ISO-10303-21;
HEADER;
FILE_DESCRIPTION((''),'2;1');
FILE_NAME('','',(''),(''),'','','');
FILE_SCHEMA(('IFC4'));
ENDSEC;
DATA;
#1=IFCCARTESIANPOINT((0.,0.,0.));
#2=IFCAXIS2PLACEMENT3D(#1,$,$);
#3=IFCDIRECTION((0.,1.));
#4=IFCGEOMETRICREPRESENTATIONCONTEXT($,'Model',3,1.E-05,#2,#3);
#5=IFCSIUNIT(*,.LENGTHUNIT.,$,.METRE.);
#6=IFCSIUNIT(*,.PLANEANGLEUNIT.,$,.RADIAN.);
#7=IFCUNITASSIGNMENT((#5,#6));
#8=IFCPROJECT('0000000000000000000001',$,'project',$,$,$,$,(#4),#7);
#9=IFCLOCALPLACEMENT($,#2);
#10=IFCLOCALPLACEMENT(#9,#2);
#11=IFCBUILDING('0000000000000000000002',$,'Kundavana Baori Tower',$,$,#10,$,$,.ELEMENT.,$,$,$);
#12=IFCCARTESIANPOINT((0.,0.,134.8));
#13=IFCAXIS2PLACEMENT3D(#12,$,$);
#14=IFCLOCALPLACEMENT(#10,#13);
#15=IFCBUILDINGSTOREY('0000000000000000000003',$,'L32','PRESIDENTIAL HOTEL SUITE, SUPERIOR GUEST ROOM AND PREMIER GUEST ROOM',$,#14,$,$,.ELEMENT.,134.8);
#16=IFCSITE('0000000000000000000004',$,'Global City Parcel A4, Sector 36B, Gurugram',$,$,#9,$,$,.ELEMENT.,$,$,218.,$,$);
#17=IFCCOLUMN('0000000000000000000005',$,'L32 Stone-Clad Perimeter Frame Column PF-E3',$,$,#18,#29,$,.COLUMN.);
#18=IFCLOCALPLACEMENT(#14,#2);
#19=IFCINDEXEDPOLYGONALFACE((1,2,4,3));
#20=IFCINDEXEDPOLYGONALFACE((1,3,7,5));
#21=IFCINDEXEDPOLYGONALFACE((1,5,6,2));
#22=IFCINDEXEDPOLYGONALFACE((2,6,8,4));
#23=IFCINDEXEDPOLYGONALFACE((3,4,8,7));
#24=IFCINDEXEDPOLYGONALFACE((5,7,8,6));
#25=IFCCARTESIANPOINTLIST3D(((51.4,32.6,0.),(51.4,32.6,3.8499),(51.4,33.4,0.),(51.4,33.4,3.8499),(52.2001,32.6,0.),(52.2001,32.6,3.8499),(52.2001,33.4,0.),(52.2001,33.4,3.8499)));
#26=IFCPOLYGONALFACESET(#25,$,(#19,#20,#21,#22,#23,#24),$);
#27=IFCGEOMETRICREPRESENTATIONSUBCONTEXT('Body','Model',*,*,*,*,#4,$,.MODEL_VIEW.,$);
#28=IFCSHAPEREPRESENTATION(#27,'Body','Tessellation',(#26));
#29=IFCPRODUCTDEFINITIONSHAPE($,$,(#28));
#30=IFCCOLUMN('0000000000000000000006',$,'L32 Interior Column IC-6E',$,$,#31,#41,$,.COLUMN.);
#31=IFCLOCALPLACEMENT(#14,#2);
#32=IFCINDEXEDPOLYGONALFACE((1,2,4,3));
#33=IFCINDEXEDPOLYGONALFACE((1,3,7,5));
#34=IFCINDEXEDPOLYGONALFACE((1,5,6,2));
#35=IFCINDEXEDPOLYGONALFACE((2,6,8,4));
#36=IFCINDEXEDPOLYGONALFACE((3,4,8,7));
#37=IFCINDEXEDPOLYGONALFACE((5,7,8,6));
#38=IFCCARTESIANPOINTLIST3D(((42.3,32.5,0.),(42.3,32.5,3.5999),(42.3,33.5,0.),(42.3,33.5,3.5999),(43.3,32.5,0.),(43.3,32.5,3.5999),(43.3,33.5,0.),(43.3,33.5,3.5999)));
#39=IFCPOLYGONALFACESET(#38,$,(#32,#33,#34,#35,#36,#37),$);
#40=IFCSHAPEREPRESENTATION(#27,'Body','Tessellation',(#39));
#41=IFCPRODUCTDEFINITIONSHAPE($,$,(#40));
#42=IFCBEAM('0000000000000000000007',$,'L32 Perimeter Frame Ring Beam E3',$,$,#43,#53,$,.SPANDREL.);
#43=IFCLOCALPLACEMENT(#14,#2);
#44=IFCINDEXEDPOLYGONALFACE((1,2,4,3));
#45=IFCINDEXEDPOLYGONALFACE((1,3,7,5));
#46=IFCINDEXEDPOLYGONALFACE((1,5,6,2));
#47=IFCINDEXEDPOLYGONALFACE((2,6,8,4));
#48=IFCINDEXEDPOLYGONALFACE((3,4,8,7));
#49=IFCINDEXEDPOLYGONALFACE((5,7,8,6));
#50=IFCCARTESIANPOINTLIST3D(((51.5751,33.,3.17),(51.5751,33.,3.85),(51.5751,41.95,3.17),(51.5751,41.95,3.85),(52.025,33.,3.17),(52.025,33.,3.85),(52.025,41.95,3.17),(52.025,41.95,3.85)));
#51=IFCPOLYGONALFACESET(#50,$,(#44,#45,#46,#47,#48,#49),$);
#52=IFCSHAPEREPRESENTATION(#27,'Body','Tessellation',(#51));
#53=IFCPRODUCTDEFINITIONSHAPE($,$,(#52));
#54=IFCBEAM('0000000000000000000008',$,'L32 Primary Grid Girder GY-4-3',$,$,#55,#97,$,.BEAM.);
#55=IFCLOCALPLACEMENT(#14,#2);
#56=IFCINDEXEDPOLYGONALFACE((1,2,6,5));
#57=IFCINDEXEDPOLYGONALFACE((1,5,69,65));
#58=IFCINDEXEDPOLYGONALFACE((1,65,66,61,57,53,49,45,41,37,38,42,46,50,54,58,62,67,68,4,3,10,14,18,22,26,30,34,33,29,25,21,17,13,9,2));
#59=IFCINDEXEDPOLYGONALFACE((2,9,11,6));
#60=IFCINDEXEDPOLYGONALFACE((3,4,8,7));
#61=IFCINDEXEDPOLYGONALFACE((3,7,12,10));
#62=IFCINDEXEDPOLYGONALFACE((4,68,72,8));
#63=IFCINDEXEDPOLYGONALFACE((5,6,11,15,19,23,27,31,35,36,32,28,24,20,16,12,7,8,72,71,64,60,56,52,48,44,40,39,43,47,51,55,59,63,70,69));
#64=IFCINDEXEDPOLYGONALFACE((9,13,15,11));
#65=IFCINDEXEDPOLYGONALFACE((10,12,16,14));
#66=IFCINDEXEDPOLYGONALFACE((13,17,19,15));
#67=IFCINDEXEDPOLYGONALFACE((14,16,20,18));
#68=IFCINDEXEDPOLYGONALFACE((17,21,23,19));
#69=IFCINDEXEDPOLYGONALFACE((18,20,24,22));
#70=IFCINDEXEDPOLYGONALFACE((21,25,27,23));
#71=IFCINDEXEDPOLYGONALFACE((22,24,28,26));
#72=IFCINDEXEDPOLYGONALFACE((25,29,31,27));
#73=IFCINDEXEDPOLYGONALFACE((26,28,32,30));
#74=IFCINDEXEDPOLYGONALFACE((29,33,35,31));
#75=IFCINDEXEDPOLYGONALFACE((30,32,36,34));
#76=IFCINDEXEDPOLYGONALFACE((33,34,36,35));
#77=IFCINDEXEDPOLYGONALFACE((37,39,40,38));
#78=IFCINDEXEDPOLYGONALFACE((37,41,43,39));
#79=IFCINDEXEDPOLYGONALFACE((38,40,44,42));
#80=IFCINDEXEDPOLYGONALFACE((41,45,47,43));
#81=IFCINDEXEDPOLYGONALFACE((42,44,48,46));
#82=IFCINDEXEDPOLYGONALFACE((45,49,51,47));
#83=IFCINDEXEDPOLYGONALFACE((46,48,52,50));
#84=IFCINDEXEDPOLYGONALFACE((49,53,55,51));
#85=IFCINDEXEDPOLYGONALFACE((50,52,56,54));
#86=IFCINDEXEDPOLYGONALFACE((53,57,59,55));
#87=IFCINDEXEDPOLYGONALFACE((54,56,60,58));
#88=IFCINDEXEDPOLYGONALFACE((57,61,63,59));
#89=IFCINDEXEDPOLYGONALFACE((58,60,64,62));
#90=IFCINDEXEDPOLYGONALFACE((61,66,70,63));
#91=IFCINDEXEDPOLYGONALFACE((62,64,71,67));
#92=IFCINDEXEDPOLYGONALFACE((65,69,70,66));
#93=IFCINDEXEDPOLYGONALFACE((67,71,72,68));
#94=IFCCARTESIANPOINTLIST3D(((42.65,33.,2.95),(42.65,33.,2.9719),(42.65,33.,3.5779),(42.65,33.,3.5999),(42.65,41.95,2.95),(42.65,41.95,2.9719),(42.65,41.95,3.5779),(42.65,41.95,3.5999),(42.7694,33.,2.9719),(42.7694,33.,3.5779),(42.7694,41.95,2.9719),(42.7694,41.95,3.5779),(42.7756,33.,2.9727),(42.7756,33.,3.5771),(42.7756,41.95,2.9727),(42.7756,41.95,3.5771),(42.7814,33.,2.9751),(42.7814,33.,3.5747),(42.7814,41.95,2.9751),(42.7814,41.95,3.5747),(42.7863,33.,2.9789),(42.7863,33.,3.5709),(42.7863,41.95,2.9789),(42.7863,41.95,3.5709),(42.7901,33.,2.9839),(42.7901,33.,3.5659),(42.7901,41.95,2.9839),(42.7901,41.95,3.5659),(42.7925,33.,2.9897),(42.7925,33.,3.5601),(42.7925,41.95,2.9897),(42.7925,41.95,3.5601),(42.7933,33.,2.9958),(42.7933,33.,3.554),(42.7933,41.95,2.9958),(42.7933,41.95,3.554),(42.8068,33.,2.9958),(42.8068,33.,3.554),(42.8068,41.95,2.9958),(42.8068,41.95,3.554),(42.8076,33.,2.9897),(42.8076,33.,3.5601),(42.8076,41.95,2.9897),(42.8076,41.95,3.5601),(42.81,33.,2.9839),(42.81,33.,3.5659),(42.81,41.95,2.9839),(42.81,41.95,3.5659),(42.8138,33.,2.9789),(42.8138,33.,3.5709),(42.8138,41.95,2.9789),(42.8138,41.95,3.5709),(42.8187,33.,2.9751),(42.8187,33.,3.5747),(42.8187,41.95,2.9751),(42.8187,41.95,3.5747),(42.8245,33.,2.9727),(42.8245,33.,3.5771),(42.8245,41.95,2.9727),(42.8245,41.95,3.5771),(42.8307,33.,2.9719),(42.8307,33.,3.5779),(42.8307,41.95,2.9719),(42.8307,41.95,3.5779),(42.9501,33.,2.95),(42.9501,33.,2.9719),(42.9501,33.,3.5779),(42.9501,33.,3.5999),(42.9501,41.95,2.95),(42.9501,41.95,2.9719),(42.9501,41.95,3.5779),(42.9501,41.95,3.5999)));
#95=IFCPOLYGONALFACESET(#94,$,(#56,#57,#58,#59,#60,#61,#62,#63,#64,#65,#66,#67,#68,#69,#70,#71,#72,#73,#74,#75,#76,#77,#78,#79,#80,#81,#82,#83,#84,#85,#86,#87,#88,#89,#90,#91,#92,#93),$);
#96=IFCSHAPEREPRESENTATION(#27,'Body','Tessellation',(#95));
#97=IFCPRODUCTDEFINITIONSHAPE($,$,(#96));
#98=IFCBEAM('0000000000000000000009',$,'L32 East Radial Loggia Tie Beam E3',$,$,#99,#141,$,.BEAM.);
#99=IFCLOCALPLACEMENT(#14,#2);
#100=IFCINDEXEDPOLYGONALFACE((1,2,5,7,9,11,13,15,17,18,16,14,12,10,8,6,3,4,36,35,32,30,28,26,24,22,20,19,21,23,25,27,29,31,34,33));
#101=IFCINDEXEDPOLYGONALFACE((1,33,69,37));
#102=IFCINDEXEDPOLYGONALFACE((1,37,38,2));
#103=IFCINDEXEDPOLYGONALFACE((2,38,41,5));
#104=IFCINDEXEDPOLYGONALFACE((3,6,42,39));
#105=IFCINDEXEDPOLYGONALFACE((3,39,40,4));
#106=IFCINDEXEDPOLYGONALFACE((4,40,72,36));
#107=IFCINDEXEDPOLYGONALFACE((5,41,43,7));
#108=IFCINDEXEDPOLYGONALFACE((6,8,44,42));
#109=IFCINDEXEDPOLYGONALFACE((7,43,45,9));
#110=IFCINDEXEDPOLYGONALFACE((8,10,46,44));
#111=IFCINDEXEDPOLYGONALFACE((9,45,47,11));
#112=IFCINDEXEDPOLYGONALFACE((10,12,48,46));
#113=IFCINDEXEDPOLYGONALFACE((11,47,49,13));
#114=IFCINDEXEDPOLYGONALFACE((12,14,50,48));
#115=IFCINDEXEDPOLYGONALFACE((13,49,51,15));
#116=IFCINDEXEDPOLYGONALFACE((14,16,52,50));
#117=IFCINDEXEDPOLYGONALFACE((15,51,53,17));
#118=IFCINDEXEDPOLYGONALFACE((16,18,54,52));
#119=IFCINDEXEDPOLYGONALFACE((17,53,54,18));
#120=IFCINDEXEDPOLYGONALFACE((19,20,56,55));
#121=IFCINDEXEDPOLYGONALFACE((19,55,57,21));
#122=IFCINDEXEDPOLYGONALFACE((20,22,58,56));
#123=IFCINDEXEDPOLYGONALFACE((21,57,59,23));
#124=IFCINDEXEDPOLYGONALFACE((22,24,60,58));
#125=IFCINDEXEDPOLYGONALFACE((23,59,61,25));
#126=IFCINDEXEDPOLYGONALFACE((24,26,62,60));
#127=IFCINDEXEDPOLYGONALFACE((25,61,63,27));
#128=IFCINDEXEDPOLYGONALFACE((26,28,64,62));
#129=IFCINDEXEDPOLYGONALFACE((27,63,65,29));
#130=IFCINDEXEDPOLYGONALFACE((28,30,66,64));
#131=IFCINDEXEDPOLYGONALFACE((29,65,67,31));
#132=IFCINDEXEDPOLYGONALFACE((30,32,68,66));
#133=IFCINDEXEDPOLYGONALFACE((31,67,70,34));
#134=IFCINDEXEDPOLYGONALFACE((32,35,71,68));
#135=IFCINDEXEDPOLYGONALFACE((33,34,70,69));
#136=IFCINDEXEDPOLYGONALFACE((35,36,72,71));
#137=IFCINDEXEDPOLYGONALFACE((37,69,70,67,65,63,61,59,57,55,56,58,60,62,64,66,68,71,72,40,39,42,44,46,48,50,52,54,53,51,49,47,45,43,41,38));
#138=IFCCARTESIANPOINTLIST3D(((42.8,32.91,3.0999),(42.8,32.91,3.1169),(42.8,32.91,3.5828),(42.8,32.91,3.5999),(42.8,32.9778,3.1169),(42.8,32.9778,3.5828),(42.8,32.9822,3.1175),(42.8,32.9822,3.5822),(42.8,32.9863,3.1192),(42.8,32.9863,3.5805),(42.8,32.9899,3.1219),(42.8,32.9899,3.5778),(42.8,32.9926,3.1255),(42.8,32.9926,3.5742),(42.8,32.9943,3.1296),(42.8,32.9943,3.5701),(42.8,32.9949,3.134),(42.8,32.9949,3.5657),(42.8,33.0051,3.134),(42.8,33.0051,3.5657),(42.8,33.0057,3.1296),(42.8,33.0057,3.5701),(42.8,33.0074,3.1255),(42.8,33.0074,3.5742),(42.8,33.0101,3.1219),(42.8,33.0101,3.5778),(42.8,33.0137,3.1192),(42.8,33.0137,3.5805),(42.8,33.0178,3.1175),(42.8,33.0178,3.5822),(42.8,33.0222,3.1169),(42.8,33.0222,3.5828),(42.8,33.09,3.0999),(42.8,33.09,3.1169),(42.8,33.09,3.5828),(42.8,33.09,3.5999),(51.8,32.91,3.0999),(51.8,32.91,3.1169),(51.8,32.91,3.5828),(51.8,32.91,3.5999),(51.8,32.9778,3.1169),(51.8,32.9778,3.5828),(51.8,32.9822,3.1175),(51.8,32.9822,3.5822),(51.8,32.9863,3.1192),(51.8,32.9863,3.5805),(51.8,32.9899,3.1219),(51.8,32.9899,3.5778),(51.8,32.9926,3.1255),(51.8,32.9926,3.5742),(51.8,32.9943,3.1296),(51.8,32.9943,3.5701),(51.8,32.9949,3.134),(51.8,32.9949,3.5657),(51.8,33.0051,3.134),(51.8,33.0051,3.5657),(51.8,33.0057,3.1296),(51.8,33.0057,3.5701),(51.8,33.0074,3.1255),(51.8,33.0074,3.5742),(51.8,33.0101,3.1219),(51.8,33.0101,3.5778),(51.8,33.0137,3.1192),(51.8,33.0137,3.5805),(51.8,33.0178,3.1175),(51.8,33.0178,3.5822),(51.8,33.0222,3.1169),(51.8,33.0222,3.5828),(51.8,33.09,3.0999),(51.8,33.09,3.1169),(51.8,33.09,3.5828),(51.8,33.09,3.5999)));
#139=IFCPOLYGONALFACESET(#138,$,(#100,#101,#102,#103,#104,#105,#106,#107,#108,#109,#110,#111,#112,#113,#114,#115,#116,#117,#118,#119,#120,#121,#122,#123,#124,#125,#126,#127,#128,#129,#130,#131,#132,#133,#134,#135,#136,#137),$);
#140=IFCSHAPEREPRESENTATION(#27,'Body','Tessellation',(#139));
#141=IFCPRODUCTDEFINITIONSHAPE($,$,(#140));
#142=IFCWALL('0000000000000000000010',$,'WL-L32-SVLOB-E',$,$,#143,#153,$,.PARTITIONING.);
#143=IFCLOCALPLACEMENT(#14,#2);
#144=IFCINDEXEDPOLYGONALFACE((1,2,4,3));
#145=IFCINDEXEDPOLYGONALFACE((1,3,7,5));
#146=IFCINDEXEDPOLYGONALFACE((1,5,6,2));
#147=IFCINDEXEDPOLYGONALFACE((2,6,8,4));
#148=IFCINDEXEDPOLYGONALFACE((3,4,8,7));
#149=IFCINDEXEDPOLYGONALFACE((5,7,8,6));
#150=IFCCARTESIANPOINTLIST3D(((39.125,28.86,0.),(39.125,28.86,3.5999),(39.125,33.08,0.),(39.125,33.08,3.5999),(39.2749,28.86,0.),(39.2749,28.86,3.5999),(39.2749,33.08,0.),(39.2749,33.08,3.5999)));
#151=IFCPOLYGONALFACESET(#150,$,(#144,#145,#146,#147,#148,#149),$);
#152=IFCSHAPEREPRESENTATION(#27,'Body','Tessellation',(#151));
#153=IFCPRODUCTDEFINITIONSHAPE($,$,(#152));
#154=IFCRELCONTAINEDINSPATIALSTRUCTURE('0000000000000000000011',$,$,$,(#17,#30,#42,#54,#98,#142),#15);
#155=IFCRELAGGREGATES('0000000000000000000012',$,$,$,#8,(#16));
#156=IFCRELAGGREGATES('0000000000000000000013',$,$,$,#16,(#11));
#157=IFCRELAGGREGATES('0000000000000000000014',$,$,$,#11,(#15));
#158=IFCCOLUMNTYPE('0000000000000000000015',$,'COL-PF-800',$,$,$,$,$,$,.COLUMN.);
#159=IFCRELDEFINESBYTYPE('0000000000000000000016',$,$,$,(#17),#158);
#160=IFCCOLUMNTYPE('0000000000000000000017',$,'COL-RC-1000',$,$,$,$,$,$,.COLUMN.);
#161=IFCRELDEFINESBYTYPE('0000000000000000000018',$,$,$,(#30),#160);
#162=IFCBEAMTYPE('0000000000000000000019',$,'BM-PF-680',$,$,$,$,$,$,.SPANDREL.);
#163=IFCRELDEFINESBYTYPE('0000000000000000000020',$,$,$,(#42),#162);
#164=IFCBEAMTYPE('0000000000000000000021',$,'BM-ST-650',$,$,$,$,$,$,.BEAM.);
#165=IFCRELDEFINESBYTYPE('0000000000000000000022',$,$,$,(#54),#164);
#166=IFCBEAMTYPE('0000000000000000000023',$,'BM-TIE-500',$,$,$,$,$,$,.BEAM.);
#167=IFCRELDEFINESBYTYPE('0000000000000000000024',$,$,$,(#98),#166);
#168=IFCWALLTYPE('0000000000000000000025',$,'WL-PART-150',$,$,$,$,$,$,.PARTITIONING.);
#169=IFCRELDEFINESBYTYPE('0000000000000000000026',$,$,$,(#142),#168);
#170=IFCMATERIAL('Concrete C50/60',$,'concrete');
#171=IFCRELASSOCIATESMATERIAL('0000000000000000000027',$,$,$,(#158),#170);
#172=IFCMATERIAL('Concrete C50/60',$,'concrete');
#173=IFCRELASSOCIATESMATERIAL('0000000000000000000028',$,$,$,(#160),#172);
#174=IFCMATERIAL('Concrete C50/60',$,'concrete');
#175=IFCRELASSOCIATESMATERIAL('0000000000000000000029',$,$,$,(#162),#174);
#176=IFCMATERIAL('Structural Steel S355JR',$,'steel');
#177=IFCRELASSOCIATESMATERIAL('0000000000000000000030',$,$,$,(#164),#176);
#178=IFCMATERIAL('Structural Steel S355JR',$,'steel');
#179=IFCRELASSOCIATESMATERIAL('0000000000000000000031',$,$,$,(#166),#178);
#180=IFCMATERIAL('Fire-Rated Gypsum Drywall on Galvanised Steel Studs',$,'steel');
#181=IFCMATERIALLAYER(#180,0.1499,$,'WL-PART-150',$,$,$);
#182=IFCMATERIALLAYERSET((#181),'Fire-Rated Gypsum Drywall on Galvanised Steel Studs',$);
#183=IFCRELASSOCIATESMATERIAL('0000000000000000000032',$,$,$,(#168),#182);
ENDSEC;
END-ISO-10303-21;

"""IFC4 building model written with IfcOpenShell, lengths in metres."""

from ifc_helpers import new_model, si_unit, direction, frame, frame_2d, origin, origin_2d, place, context, subcontext, project, spatial, rectangle, i_section, extrude, material, layer, layer_set, material_profile, profile_set, type_object, element, save


model = new_model("IFC4")

# Units and contexts
model_context = context("Model", 3, precision=1e-05, world=origin(), true_north=direction((0.0, 1.0)))
body_context = subcontext(model_context, "Body", "Model", "MODEL_VIEW")
ifc_project = project(units=[si_unit("LENGTHUNIT", "METRE"), si_unit("PLANEANGLEUNIT", "RADIAN")], contexts=[model_context])

# Site, building, storey
site_placement = place(None, origin())
site = spatial("IfcSite", under=ifc_project, at=site_placement, Name="Global City Parcel A4, Sector 36B, Gurugram", CompositionType="ELEMENT", RefElevation=218.0)
building_placement = place(site_placement, origin())
building = spatial("IfcBuilding", under=site, at=building_placement, Name="Kundavana Baori Tower", CompositionType="ELEMENT")
storey_placement = place(building_placement, frame((0.0, 0.0, 134.8)))
storey = spatial("IfcBuildingStorey", under=building, at=storey_placement, Name="L32", Description="PRESIDENTIAL HOTEL SUITE, SUPERIOR GUEST ROOM AND PREMIER GUEST ROOM", CompositionType="ELEMENT", Elevation=134.8)

# Columns
ifc_material_1 = material(Name="Concrete C50/60", Category="concrete")
ifc_material_profile_1 = material_profile(ifc_material_1, rectangle(XDim=0.8, YDim=0.8, at=origin_2d()), Name="RC PF 800x800")
ifc_profile_set_1 = profile_set([ifc_material_profile_1], Name="Concrete C50/60")
column_type_1 = type_object("IfcColumnType", Name="COL-PF-800", PredefinedType="COLUMN", material=ifc_profile_set_1)
column_1_placement = place(storey_placement, frame((51.8, 33.0, 0.0), z_axis=(0.0, 0.0, 1.0), x_axis=(1.0, 0.0, 0.0)))
element("IfcColumn", 1, at=column_1_placement, inside=storey, type_object=column_type_1, Name="L32 Stone-Clad Perimeter Frame Column PF-E3", PredefinedType="COLUMN", context=body_context, shape_type="SweptSolid", body=[
    extrude(rectangle(XDim=0.8, YDim=0.8, at=origin_2d()), origin(), (0.0, 0.0, 1.0), 3.8499),
])
ifc_material_2 = material(Name="Concrete C50/60", Category="concrete")
ifc_material_profile_2 = material_profile(ifc_material_2, rectangle(XDim=1.0, YDim=1.0, at=origin_2d()), Name="RC 1000x1000")
ifc_profile_set_2 = profile_set([ifc_material_profile_2], Name="Concrete C50/60")
column_type_2 = type_object("IfcColumnType", Name="COL-RC-1000", PredefinedType="COLUMN", material=ifc_profile_set_2)
column_2_placement = place(storey_placement, frame((42.8, 33.0, 0.0), z_axis=(0.0, 0.0, 1.0), x_axis=(1.0, 0.0, 0.0)))
element("IfcColumn", 2, at=column_2_placement, inside=storey, type_object=column_type_2, Name="L32 Interior Column IC-6E", PredefinedType="COLUMN", context=body_context, shape_type="SweptSolid", body=[
    extrude(rectangle(XDim=1.0, YDim=1.0, at=origin_2d()), origin(), (0.0, 0.0, 1.0), 3.5999),
])

# Beams
ifc_material_3 = material(Name="Concrete C50/60", Category="concrete")
ifc_material_profile_3 = material_profile(ifc_material_3, rectangle(XDim=0.45, YDim=0.6799, at=origin_2d()), Name="RC BM 450x680")
ifc_profile_set_3 = profile_set([ifc_material_profile_3], Name="Concrete C50/60")
beam_type_1 = type_object("IfcBeamType", Name="BM-PF-680", PredefinedType="SPANDREL", material=ifc_profile_set_3)
beam_1_placement = place(storey_placement, frame((51.8, 33.0, 3.51), z_axis=(0.0, 1.0, 0.0), x_axis=(-1.0, 0.0, 0.0)))
element("IfcBeam", 3, at=beam_1_placement, inside=storey, type_object=beam_type_1, Name="L32 Perimeter Frame Ring Beam E3", PredefinedType="SPANDREL", context=body_context, shape_type="SweptSolid", body=[
    extrude(rectangle(XDim=0.45, YDim=0.6799, at=origin_2d()), origin(), (0.0, 0.0, 1.0), 8.95),
])
ifc_material_4 = material(Name="Structural Steel S355JR", Category="steel")
ifc_material_profile_4 = material_profile(ifc_material_4, i_section(OverallWidth=0.3, OverallDepth=0.6499, WebThickness=0.0134, FlangeThickness=0.022, FilletRadius=0.0239, at=origin_2d()), Name="NPB 650x300x155")
ifc_profile_set_4 = profile_set([ifc_material_profile_4], Name="Structural Steel S355JR")
beam_type_2 = type_object("IfcBeamType", Name="BM-ST-650", PredefinedType="BEAM", material=ifc_profile_set_4)
beam_2_placement = place(storey_placement, frame((42.8, 33.0, 3.2749), z_axis=(0.0, 1.0, 0.0), x_axis=(-1.0, 0.0, 0.0)))
element("IfcBeam", 4, at=beam_2_placement, inside=storey, type_object=beam_type_2, Name="L32 Primary Grid Girder GY-4-3", PredefinedType="BEAM", context=body_context, shape_type="SweptSolid", body=[
    extrude(i_section(OverallWidth=0.3, OverallDepth=0.6499, WebThickness=0.0134, FlangeThickness=0.022, FilletRadius=0.0239, at=origin_2d()), origin(), (0.0, 0.0, 1.0), 8.95),
])
ifc_material_5 = material(Name="Structural Steel S355JR", Category="steel")
ifc_material_profile_5 = material_profile(ifc_material_5, i_section(OverallWidth=0.1799, OverallDepth=0.5, WebThickness=0.0103, FlangeThickness=0.0171, FilletRadius=0.0171, at=origin_2d()), Name="ISMB 500")
ifc_profile_set_5 = profile_set([ifc_material_profile_5], Name="Structural Steel S355JR")
beam_type_3 = type_object("IfcBeamType", Name="BM-TIE-500", PredefinedType="BEAM", material=ifc_profile_set_5)
beam_3_placement = place(storey_placement, frame((42.8, 33.0, 3.3499), z_axis=(1.0, 0.0, 0.0), x_axis=(0.0, 1.0, 0.0)))
element("IfcBeam", 5, at=beam_3_placement, inside=storey, type_object=beam_type_3, Name="L32 East Radial Loggia Tie Beam E3", PredefinedType="BEAM", context=body_context, shape_type="SweptSolid", body=[
    extrude(i_section(OverallWidth=0.1799, OverallDepth=0.5, WebThickness=0.0103, FlangeThickness=0.0171, FilletRadius=0.0171, at=origin_2d()), origin(), (0.0, 0.0, 1.0), 9.0),
])

# Wall
ifc_material_6 = material(Name="Fire-Rated Gypsum Drywall on Galvanised Steel Studs", Category="steel")
ifc_layer_1 = layer(ifc_material_6, 0.1499, Name="WL-PART-150")
ifc_layer_set_1 = layer_set([ifc_layer_1], Name="Fire-Rated Gypsum Drywall on Galvanised Steel Studs")
wall_type_1 = type_object("IfcWallType", Name="WL-PART-150", PredefinedType="PARTITIONING", material=ifc_layer_set_1)
wall_1_placement = place(storey_placement, frame((39.2, 28.8601, 0.0), z_axis=(0.0, 0.0, 1.0), x_axis=(0.0, 1.0, 0.0)))
element("IfcWall", 6, at=wall_1_placement, inside=storey, type_object=wall_type_1, Name="WL-L32-SVLOB-E", PredefinedType="PARTITIONING", context=body_context, shape_type="SweptSolid", body=[
    extrude(rectangle(XDim=4.22, YDim=0.1499, at=frame_2d((2.1099, 0.0))), origin(), (0.0, 0.0, 1.0), 3.5999),
])

save(model, "model.ifc")
